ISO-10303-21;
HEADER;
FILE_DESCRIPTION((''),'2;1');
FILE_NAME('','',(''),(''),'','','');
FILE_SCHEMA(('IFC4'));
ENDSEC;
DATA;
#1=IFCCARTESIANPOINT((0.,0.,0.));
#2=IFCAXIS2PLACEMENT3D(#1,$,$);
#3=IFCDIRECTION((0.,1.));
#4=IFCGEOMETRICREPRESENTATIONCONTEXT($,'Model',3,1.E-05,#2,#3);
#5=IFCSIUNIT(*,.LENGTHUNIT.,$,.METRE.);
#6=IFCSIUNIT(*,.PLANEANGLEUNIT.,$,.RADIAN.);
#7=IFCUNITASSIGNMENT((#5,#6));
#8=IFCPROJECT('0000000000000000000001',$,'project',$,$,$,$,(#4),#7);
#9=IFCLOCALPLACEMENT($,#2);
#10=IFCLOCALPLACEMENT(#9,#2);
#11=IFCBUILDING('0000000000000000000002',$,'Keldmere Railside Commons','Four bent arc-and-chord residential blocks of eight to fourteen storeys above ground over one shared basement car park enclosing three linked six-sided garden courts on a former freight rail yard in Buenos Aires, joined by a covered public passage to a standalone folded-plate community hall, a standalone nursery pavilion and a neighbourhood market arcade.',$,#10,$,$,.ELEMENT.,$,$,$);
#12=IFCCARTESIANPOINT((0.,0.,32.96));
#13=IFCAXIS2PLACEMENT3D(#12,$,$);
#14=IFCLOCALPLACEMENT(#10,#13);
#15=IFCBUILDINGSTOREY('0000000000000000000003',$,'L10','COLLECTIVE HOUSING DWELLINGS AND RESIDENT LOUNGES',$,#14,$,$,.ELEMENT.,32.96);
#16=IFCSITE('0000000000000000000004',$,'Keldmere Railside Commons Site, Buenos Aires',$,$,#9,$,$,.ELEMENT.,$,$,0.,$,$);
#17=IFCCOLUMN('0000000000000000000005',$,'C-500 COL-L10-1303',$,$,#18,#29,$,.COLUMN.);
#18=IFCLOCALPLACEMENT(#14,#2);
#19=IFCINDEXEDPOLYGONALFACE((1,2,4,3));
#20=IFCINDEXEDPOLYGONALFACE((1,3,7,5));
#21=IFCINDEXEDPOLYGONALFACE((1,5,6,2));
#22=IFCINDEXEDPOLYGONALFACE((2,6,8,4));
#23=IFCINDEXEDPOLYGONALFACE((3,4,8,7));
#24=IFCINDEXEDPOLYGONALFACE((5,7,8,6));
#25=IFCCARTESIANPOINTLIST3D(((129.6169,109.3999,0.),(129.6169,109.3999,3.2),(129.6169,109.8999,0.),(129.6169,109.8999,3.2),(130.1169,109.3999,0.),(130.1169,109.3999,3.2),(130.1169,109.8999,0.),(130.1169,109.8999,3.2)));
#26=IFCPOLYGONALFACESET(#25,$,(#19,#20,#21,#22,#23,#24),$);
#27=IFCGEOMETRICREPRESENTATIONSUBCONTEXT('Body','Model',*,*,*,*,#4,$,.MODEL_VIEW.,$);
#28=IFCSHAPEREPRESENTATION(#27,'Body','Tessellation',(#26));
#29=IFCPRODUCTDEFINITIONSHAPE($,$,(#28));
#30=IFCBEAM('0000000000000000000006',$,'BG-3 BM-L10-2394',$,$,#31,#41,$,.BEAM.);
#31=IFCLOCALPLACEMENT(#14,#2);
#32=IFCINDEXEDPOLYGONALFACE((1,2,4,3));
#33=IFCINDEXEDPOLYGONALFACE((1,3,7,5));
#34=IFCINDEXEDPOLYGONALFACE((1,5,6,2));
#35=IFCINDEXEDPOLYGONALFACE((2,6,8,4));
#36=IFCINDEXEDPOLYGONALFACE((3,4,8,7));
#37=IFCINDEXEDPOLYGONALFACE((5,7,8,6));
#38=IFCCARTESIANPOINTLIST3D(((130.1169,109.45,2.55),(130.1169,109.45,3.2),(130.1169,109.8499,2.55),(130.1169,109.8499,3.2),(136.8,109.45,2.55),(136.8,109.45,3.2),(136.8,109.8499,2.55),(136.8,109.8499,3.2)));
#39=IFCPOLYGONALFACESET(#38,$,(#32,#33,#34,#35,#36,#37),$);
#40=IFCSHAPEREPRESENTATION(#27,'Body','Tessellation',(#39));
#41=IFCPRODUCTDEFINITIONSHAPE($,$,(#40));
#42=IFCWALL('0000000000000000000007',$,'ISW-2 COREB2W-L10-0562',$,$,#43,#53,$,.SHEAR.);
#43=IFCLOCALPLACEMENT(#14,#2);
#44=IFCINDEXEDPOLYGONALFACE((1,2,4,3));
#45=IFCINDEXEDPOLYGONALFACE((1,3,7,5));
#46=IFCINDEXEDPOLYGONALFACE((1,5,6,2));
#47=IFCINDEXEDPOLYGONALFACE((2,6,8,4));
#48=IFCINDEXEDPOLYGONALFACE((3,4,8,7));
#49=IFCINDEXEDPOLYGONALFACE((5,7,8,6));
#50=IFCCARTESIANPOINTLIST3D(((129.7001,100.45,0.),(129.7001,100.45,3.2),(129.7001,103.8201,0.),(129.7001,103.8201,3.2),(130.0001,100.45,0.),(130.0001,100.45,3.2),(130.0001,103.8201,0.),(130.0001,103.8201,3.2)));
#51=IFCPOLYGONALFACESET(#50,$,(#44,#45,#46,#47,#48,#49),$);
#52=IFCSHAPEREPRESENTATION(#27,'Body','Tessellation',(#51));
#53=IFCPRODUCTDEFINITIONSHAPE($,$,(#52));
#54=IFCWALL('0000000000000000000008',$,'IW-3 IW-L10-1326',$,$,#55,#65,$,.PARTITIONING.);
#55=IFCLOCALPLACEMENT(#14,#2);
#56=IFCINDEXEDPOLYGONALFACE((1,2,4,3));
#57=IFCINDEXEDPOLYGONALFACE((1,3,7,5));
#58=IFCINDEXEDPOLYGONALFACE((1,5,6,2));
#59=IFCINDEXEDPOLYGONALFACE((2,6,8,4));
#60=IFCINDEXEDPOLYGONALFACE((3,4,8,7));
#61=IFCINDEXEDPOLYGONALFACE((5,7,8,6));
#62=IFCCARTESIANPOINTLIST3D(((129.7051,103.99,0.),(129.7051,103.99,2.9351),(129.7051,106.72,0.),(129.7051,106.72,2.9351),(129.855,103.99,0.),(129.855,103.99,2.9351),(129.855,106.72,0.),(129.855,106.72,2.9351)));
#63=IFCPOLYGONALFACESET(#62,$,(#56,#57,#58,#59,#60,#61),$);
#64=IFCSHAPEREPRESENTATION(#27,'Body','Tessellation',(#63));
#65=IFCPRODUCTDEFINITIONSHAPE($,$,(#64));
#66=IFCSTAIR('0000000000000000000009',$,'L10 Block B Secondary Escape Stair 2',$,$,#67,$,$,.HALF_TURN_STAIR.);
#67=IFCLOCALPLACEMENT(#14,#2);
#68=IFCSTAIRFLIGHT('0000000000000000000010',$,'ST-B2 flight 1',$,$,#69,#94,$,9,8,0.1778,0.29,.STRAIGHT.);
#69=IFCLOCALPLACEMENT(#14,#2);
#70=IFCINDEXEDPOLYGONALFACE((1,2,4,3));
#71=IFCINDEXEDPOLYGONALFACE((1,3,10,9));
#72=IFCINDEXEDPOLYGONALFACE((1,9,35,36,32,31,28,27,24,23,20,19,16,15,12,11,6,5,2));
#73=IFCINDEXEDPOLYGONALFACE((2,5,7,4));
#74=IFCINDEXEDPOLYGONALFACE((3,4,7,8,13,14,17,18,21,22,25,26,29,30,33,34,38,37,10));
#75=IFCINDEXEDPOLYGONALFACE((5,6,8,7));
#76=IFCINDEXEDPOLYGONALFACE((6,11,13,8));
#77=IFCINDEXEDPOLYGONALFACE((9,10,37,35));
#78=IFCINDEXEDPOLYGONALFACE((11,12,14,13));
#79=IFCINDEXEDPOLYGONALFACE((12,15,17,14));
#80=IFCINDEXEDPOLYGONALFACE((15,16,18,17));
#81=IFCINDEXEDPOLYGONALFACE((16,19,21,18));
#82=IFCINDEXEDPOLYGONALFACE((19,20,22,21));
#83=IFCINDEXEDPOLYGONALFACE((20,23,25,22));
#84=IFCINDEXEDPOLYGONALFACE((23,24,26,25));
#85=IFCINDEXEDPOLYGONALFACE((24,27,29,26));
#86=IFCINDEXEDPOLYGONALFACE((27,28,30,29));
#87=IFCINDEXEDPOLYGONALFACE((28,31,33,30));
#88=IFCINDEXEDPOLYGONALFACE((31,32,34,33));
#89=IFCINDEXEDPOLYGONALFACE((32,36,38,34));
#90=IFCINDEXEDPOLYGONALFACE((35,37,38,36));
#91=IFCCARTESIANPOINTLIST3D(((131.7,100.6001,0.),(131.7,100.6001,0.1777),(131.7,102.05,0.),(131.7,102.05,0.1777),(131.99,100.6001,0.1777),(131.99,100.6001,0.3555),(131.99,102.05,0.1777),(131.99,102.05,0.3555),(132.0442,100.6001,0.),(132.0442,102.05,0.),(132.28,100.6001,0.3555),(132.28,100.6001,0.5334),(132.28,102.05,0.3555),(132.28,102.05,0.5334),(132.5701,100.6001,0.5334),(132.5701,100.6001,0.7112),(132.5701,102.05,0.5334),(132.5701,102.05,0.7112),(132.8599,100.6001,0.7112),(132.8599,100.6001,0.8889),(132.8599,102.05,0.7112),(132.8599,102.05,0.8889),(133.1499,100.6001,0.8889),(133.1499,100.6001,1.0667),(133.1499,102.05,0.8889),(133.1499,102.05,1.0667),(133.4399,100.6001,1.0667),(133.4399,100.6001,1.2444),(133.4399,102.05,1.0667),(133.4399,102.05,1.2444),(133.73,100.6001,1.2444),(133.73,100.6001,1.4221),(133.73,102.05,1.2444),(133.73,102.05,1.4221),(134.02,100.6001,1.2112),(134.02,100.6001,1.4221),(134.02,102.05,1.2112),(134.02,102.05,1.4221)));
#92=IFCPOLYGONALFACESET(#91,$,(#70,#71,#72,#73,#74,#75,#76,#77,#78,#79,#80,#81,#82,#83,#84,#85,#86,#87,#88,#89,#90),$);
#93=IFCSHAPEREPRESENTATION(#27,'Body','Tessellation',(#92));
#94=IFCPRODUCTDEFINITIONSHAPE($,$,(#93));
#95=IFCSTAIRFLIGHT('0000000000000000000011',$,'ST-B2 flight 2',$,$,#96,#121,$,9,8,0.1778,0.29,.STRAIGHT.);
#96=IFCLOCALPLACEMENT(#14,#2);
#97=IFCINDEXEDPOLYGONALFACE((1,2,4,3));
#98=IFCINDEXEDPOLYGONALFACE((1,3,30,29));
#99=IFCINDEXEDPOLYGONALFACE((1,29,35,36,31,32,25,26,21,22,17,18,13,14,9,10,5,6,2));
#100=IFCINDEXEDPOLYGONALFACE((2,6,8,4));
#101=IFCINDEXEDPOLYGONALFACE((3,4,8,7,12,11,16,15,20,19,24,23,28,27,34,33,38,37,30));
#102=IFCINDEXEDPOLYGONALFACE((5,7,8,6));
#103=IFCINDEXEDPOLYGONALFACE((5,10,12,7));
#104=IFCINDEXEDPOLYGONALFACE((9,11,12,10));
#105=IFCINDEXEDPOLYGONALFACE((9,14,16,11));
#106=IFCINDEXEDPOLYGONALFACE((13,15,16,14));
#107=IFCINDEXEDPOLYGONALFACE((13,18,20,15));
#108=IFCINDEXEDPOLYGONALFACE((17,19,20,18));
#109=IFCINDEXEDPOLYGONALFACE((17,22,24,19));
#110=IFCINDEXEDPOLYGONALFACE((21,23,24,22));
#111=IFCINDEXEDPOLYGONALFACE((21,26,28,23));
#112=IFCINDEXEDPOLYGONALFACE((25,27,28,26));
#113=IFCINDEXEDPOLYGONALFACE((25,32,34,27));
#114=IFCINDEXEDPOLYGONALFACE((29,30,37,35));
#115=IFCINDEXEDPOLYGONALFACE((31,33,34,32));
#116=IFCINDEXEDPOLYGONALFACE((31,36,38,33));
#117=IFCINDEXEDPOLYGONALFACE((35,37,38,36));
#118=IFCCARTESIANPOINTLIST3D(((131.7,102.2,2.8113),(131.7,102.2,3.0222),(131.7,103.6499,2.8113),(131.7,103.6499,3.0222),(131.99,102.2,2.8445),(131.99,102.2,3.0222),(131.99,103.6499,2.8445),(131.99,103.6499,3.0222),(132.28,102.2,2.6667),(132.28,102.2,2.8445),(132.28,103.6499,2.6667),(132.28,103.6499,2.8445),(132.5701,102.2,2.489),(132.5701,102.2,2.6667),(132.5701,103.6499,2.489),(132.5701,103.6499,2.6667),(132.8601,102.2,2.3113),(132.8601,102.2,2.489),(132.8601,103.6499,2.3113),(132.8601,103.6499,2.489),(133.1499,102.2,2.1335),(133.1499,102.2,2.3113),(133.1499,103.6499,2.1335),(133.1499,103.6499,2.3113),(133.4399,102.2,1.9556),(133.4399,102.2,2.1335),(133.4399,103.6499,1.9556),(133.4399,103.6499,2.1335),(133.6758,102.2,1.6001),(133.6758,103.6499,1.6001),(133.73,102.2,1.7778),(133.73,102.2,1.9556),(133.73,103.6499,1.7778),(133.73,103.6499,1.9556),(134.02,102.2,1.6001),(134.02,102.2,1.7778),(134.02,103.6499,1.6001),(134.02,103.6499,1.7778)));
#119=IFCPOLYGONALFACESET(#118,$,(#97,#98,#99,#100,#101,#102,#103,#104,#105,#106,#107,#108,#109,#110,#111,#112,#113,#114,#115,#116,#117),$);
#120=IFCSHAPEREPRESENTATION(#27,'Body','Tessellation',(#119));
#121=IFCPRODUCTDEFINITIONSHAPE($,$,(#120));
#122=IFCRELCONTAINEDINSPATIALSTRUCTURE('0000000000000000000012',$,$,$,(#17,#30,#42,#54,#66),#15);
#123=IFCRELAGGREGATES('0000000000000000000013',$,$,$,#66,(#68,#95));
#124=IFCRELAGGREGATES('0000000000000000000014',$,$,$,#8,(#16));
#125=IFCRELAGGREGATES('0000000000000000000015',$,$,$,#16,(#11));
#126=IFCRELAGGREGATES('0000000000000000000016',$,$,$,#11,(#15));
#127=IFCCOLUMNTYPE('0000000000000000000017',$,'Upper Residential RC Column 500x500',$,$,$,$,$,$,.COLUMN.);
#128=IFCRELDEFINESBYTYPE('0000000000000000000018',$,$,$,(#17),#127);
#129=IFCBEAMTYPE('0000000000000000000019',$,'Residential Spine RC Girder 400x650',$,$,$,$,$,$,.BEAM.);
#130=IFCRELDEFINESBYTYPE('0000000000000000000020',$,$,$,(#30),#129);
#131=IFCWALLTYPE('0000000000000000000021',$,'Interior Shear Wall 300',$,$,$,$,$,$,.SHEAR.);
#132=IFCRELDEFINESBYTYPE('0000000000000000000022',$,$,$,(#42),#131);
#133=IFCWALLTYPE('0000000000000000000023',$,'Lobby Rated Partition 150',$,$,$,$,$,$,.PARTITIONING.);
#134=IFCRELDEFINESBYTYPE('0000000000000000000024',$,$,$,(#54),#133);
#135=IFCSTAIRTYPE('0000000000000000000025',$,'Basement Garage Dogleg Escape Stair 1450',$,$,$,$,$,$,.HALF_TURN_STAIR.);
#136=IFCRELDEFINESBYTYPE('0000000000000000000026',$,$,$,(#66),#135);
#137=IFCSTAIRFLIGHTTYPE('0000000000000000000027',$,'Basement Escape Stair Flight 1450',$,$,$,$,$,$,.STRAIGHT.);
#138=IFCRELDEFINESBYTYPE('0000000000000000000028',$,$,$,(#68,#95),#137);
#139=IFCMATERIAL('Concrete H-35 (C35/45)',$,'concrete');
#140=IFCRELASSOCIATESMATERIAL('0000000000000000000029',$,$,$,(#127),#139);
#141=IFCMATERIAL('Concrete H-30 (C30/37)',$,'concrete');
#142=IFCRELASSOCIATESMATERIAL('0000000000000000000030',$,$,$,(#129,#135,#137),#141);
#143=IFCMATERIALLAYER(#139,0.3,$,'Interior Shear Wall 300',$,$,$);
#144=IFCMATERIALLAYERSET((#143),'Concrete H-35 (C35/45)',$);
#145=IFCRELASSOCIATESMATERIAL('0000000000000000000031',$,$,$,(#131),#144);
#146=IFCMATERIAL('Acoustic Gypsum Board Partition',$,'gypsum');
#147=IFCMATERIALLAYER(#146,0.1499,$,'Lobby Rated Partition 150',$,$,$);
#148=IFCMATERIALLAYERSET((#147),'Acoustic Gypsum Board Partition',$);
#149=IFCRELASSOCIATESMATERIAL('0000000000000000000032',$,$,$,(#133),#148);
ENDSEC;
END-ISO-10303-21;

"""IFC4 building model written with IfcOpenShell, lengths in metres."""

from ifc_helpers import new_model, si_unit, direction, frame, frame_2d, origin, origin_2d, place, context, subcontext, project, spatial, polyline, rectangle, outline, extrude, material, layer, layer_set, material_profile, profile_set, type_object, element, aggregate, save


model = new_model("IFC4")

# Units and contexts
model_context = context("Model", 3, precision=1e-05, world=origin(), true_north=direction((0.0, 1.0)))
body_context = subcontext(model_context, "Body", "Model", "MODEL_VIEW")
ifc_project = project(units=[si_unit("LENGTHUNIT", "METRE"), si_unit("PLANEANGLEUNIT", "RADIAN")], contexts=[model_context])

# Site, building, storey
site_placement = place(None, origin())
site = spatial("IfcSite", under=ifc_project, at=site_placement, Name="Keldmere Railside Commons Site, Buenos Aires", CompositionType="ELEMENT", RefElevation=0.0)
building_placement = place(site_placement, origin())
building = spatial("IfcBuilding", under=site, at=building_placement, Name="Keldmere Railside Commons", Description="Four bent arc-and-chord residential blocks of eight to fourteen storeys above ground over one shared basement car park enclosing three linked six-sided garden courts on a former freight rail yard in Buenos Aires, joined by a covered public passage to a standalone folded-plate community hall, a standalone nursery pavilion and a neighbourhood market arcade.", CompositionType="ELEMENT")
storey_placement = place(building_placement, frame((0.0, 0.0, 32.96)))
storey = spatial("IfcBuildingStorey", under=building, at=storey_placement, Name="L10", Description="COLLECTIVE HOUSING DWELLINGS AND RESIDENT LOUNGES", CompositionType="ELEMENT", Elevation=32.96)

# Column
ifc_material_1 = material(Name="Concrete H-35 (C35/45)", Category="concrete")
ifc_material_profile_1 = material_profile(ifc_material_1, rectangle(XDim=0.5, YDim=0.5, at=origin_2d()), Name="RC-500x500")
ifc_profile_set_1 = profile_set([ifc_material_profile_1], Name="Concrete H-35 (C35/45)")
column_type = type_object("IfcColumnType", Name="Upper Residential RC Column 500x500", PredefinedType="COLUMN", material=ifc_profile_set_1)
column_placement = place(storey_placement, frame((129.8669, 109.6499, 0.0), z_axis=(0.0, 0.0, 1.0), x_axis=(1.0, 0.0, 0.0)))
element("IfcColumn", 1, at=column_placement, inside=storey, type_object=column_type, Name="C-500 COL-L10-1303", PredefinedType="COLUMN", context=body_context, shape_type="SweptSolid", body=[
    extrude(rectangle(XDim=0.5, YDim=0.5, at=origin_2d()), origin(), (0.0, 0.0, 1.0), 3.2),
])

# Beam
ifc_material_2 = material(Name="Concrete H-30 (C30/37)", Category="concrete")
ifc_material_profile_2 = material_profile(ifc_material_2, rectangle(XDim=0.3999, YDim=0.6499, at=origin_2d()), Name="RC-400x650")
ifc_profile_set_2 = profile_set([ifc_material_profile_2], Name="Concrete H-30 (C30/37)")
beam_type = type_object("IfcBeamType", Name="Residential Spine RC Girder 400x650", PredefinedType="BEAM", material=ifc_profile_set_2)
beam_placement = place(storey_placement, frame((130.1169, 109.6499, 2.875), z_axis=(1.0, 0.0, 0.0), x_axis=(0.0, 1.0, 0.0)))
element("IfcBeam", 2, at=beam_placement, inside=storey, type_object=beam_type, Name="BG-3 BM-L10-2394", PredefinedType="BEAM", context=body_context, shape_type="SweptSolid", body=[
    extrude(rectangle(XDim=0.3999, YDim=0.6499, at=origin_2d()), origin(), (0.0, 0.0, 1.0), 6.6831),
])

# Walls
ifc_layer_1 = layer(ifc_material_1, 0.3, Name="Interior Shear Wall 300")
ifc_layer_set_1 = layer_set([ifc_layer_1], Name="Concrete H-35 (C35/45)")
wall_type_1 = type_object("IfcWallType", Name="Interior Shear Wall 300", PredefinedType="SHEAR", material=ifc_layer_set_1)
wall_1_placement = place(storey_placement, frame((129.8501, 103.8201, 0.0), z_axis=(0.0, 0.0, 1.0), x_axis=(0.0, -1.0, 0.0)))
element("IfcWall", 3, at=wall_1_placement, inside=storey, type_object=wall_type_1, Name="ISW-2 COREB2W-L10-0562", PredefinedType="SHEAR", context=body_context, shape_type="SweptSolid", body=[
    extrude(rectangle(XDim=3.3701, YDim=0.3, at=frame_2d((1.6851, 0.0))), origin(), (0.0, 0.0, 1.0), 3.2),
])
ifc_material_3 = material(Name="Acoustic Gypsum Board Partition", Category="gypsum")
ifc_layer_2 = layer(ifc_material_3, 0.1499, Name="Lobby Rated Partition 150")
ifc_layer_set_2 = layer_set([ifc_layer_2], Name="Acoustic Gypsum Board Partition")
wall_type_2 = type_object("IfcWallType", Name="Lobby Rated Partition 150", PredefinedType="PARTITIONING", material=ifc_layer_set_2)
wall_2_placement = place(storey_placement, frame((129.78, 103.99, 0.0), z_axis=(0.0, 0.0, 1.0), x_axis=(0.0, 1.0, 0.0)))
element("IfcWall", 4, at=wall_2_placement, inside=storey, type_object=wall_type_2, Name="IW-3 IW-L10-1326", PredefinedType="PARTITIONING", context=body_context, shape_type="SweptSolid", body=[
    extrude(rectangle(XDim=2.73, YDim=0.1499, at=frame_2d((1.365, 0.0))), origin(), (0.0, 0.0, 1.0), 2.9351),
])

# Stair, stair flights
stair_type = type_object("IfcStairType", Name="Basement Garage Dogleg Escape Stair 1450", PredefinedType="HALF_TURN_STAIR", material=ifc_material_2)
stair_placement = place(storey_placement, origin())
stair = element("IfcStair", 5, at=stair_placement, inside=storey, type_object=stair_type, Name="L10 Block B Secondary Escape Stair 2", PredefinedType="HALF_TURN_STAIR")
stair_flight_type = type_object("IfcStairFlightType", Name="Basement Escape Stair Flight 1450", PredefinedType="STRAIGHT", material=ifc_material_2)
stair_flight_1_placement = place(storey_placement, frame((131.7, 101.325, 0.0), z_axis=(0.0, 0.0, 1.0), x_axis=(1.0, 0.0, 0.0)))
stair_flight_1 = element("IfcStairFlight", 6, at=stair_flight_1_placement, type_object=stair_flight_type, Name="ST-B2 flight 1", NumberOfRisers=9, NumberOfTreads=8, PredefinedType="STRAIGHT", RiserHeight=0.1778, TreadLength=0.29, context=body_context, shape_type="SweptSolid", body=[
    extrude(outline(polyline([(0.0, 0.0), (0.0, 0.1777), (0.29, 0.1777), (0.29, 0.3555), (0.5801, 0.3555), (0.5801, 0.5334), (0.8701, 0.5334), (0.8701, 0.7112), (1.1599, 0.7112), (1.1599, 0.8889), (1.45, 0.8889), (1.45, 1.0667), (1.74, 1.0667), (1.74, 1.2444), (2.03, 1.2444), (2.03, 1.4221), (2.3201, 1.4221), (2.3201, 1.6001), (2.3201, 1.2112), (0.3442, 0.0), (0.0, 0.0)])), frame((0.0, 0.7251, 0.0), z_axis=(0.0, -1.0, 0.0), x_axis=(1.0, 0.0, 0.0)), (0.0, 0.0, 1.0), 1.45),
])
stair_flight_2_placement = place(storey_placement, frame((134.02, 102.925, 1.6001), z_axis=(0.0, 0.0, 1.0), x_axis=(-1.0, 0.0, 0.0)))
stair_flight_2 = element("IfcStairFlight", 7, at=stair_flight_2_placement, type_object=stair_flight_type, Name="ST-B2 flight 2", NumberOfRisers=9, NumberOfTreads=8, PredefinedType="STRAIGHT", RiserHeight=0.1778, TreadLength=0.29, context=body_context, shape_type="SweptSolid", body=[
    extrude(outline(polyline([(0.0, 0.0), (0.0, 0.1777), (0.29, 0.1777), (0.29, 0.3555), (0.5801, 0.3555), (0.5801, 0.5334), (0.8701, 0.5334), (0.8701, 0.7112), (1.1599, 0.7112), (1.1599, 0.8889), (1.45, 0.8889), (1.45, 1.0667), (1.74, 1.0667), (1.74, 1.2444), (2.03, 1.2444), (2.03, 1.4221), (2.3201, 1.4221), (2.3201, 1.6001), (2.3201, 1.2112), (0.3442, 0.0), (0.0, 0.0)])), frame((0.0, 0.7251, 0.0), z_axis=(0.0, -1.0, 0.0), x_axis=(1.0, 0.0, 0.0)), (0.0, 0.0, 1.0), 1.45),
])
aggregate(stair, [stair_flight_1, stair_flight_2])

save(model, "model.ifc")
